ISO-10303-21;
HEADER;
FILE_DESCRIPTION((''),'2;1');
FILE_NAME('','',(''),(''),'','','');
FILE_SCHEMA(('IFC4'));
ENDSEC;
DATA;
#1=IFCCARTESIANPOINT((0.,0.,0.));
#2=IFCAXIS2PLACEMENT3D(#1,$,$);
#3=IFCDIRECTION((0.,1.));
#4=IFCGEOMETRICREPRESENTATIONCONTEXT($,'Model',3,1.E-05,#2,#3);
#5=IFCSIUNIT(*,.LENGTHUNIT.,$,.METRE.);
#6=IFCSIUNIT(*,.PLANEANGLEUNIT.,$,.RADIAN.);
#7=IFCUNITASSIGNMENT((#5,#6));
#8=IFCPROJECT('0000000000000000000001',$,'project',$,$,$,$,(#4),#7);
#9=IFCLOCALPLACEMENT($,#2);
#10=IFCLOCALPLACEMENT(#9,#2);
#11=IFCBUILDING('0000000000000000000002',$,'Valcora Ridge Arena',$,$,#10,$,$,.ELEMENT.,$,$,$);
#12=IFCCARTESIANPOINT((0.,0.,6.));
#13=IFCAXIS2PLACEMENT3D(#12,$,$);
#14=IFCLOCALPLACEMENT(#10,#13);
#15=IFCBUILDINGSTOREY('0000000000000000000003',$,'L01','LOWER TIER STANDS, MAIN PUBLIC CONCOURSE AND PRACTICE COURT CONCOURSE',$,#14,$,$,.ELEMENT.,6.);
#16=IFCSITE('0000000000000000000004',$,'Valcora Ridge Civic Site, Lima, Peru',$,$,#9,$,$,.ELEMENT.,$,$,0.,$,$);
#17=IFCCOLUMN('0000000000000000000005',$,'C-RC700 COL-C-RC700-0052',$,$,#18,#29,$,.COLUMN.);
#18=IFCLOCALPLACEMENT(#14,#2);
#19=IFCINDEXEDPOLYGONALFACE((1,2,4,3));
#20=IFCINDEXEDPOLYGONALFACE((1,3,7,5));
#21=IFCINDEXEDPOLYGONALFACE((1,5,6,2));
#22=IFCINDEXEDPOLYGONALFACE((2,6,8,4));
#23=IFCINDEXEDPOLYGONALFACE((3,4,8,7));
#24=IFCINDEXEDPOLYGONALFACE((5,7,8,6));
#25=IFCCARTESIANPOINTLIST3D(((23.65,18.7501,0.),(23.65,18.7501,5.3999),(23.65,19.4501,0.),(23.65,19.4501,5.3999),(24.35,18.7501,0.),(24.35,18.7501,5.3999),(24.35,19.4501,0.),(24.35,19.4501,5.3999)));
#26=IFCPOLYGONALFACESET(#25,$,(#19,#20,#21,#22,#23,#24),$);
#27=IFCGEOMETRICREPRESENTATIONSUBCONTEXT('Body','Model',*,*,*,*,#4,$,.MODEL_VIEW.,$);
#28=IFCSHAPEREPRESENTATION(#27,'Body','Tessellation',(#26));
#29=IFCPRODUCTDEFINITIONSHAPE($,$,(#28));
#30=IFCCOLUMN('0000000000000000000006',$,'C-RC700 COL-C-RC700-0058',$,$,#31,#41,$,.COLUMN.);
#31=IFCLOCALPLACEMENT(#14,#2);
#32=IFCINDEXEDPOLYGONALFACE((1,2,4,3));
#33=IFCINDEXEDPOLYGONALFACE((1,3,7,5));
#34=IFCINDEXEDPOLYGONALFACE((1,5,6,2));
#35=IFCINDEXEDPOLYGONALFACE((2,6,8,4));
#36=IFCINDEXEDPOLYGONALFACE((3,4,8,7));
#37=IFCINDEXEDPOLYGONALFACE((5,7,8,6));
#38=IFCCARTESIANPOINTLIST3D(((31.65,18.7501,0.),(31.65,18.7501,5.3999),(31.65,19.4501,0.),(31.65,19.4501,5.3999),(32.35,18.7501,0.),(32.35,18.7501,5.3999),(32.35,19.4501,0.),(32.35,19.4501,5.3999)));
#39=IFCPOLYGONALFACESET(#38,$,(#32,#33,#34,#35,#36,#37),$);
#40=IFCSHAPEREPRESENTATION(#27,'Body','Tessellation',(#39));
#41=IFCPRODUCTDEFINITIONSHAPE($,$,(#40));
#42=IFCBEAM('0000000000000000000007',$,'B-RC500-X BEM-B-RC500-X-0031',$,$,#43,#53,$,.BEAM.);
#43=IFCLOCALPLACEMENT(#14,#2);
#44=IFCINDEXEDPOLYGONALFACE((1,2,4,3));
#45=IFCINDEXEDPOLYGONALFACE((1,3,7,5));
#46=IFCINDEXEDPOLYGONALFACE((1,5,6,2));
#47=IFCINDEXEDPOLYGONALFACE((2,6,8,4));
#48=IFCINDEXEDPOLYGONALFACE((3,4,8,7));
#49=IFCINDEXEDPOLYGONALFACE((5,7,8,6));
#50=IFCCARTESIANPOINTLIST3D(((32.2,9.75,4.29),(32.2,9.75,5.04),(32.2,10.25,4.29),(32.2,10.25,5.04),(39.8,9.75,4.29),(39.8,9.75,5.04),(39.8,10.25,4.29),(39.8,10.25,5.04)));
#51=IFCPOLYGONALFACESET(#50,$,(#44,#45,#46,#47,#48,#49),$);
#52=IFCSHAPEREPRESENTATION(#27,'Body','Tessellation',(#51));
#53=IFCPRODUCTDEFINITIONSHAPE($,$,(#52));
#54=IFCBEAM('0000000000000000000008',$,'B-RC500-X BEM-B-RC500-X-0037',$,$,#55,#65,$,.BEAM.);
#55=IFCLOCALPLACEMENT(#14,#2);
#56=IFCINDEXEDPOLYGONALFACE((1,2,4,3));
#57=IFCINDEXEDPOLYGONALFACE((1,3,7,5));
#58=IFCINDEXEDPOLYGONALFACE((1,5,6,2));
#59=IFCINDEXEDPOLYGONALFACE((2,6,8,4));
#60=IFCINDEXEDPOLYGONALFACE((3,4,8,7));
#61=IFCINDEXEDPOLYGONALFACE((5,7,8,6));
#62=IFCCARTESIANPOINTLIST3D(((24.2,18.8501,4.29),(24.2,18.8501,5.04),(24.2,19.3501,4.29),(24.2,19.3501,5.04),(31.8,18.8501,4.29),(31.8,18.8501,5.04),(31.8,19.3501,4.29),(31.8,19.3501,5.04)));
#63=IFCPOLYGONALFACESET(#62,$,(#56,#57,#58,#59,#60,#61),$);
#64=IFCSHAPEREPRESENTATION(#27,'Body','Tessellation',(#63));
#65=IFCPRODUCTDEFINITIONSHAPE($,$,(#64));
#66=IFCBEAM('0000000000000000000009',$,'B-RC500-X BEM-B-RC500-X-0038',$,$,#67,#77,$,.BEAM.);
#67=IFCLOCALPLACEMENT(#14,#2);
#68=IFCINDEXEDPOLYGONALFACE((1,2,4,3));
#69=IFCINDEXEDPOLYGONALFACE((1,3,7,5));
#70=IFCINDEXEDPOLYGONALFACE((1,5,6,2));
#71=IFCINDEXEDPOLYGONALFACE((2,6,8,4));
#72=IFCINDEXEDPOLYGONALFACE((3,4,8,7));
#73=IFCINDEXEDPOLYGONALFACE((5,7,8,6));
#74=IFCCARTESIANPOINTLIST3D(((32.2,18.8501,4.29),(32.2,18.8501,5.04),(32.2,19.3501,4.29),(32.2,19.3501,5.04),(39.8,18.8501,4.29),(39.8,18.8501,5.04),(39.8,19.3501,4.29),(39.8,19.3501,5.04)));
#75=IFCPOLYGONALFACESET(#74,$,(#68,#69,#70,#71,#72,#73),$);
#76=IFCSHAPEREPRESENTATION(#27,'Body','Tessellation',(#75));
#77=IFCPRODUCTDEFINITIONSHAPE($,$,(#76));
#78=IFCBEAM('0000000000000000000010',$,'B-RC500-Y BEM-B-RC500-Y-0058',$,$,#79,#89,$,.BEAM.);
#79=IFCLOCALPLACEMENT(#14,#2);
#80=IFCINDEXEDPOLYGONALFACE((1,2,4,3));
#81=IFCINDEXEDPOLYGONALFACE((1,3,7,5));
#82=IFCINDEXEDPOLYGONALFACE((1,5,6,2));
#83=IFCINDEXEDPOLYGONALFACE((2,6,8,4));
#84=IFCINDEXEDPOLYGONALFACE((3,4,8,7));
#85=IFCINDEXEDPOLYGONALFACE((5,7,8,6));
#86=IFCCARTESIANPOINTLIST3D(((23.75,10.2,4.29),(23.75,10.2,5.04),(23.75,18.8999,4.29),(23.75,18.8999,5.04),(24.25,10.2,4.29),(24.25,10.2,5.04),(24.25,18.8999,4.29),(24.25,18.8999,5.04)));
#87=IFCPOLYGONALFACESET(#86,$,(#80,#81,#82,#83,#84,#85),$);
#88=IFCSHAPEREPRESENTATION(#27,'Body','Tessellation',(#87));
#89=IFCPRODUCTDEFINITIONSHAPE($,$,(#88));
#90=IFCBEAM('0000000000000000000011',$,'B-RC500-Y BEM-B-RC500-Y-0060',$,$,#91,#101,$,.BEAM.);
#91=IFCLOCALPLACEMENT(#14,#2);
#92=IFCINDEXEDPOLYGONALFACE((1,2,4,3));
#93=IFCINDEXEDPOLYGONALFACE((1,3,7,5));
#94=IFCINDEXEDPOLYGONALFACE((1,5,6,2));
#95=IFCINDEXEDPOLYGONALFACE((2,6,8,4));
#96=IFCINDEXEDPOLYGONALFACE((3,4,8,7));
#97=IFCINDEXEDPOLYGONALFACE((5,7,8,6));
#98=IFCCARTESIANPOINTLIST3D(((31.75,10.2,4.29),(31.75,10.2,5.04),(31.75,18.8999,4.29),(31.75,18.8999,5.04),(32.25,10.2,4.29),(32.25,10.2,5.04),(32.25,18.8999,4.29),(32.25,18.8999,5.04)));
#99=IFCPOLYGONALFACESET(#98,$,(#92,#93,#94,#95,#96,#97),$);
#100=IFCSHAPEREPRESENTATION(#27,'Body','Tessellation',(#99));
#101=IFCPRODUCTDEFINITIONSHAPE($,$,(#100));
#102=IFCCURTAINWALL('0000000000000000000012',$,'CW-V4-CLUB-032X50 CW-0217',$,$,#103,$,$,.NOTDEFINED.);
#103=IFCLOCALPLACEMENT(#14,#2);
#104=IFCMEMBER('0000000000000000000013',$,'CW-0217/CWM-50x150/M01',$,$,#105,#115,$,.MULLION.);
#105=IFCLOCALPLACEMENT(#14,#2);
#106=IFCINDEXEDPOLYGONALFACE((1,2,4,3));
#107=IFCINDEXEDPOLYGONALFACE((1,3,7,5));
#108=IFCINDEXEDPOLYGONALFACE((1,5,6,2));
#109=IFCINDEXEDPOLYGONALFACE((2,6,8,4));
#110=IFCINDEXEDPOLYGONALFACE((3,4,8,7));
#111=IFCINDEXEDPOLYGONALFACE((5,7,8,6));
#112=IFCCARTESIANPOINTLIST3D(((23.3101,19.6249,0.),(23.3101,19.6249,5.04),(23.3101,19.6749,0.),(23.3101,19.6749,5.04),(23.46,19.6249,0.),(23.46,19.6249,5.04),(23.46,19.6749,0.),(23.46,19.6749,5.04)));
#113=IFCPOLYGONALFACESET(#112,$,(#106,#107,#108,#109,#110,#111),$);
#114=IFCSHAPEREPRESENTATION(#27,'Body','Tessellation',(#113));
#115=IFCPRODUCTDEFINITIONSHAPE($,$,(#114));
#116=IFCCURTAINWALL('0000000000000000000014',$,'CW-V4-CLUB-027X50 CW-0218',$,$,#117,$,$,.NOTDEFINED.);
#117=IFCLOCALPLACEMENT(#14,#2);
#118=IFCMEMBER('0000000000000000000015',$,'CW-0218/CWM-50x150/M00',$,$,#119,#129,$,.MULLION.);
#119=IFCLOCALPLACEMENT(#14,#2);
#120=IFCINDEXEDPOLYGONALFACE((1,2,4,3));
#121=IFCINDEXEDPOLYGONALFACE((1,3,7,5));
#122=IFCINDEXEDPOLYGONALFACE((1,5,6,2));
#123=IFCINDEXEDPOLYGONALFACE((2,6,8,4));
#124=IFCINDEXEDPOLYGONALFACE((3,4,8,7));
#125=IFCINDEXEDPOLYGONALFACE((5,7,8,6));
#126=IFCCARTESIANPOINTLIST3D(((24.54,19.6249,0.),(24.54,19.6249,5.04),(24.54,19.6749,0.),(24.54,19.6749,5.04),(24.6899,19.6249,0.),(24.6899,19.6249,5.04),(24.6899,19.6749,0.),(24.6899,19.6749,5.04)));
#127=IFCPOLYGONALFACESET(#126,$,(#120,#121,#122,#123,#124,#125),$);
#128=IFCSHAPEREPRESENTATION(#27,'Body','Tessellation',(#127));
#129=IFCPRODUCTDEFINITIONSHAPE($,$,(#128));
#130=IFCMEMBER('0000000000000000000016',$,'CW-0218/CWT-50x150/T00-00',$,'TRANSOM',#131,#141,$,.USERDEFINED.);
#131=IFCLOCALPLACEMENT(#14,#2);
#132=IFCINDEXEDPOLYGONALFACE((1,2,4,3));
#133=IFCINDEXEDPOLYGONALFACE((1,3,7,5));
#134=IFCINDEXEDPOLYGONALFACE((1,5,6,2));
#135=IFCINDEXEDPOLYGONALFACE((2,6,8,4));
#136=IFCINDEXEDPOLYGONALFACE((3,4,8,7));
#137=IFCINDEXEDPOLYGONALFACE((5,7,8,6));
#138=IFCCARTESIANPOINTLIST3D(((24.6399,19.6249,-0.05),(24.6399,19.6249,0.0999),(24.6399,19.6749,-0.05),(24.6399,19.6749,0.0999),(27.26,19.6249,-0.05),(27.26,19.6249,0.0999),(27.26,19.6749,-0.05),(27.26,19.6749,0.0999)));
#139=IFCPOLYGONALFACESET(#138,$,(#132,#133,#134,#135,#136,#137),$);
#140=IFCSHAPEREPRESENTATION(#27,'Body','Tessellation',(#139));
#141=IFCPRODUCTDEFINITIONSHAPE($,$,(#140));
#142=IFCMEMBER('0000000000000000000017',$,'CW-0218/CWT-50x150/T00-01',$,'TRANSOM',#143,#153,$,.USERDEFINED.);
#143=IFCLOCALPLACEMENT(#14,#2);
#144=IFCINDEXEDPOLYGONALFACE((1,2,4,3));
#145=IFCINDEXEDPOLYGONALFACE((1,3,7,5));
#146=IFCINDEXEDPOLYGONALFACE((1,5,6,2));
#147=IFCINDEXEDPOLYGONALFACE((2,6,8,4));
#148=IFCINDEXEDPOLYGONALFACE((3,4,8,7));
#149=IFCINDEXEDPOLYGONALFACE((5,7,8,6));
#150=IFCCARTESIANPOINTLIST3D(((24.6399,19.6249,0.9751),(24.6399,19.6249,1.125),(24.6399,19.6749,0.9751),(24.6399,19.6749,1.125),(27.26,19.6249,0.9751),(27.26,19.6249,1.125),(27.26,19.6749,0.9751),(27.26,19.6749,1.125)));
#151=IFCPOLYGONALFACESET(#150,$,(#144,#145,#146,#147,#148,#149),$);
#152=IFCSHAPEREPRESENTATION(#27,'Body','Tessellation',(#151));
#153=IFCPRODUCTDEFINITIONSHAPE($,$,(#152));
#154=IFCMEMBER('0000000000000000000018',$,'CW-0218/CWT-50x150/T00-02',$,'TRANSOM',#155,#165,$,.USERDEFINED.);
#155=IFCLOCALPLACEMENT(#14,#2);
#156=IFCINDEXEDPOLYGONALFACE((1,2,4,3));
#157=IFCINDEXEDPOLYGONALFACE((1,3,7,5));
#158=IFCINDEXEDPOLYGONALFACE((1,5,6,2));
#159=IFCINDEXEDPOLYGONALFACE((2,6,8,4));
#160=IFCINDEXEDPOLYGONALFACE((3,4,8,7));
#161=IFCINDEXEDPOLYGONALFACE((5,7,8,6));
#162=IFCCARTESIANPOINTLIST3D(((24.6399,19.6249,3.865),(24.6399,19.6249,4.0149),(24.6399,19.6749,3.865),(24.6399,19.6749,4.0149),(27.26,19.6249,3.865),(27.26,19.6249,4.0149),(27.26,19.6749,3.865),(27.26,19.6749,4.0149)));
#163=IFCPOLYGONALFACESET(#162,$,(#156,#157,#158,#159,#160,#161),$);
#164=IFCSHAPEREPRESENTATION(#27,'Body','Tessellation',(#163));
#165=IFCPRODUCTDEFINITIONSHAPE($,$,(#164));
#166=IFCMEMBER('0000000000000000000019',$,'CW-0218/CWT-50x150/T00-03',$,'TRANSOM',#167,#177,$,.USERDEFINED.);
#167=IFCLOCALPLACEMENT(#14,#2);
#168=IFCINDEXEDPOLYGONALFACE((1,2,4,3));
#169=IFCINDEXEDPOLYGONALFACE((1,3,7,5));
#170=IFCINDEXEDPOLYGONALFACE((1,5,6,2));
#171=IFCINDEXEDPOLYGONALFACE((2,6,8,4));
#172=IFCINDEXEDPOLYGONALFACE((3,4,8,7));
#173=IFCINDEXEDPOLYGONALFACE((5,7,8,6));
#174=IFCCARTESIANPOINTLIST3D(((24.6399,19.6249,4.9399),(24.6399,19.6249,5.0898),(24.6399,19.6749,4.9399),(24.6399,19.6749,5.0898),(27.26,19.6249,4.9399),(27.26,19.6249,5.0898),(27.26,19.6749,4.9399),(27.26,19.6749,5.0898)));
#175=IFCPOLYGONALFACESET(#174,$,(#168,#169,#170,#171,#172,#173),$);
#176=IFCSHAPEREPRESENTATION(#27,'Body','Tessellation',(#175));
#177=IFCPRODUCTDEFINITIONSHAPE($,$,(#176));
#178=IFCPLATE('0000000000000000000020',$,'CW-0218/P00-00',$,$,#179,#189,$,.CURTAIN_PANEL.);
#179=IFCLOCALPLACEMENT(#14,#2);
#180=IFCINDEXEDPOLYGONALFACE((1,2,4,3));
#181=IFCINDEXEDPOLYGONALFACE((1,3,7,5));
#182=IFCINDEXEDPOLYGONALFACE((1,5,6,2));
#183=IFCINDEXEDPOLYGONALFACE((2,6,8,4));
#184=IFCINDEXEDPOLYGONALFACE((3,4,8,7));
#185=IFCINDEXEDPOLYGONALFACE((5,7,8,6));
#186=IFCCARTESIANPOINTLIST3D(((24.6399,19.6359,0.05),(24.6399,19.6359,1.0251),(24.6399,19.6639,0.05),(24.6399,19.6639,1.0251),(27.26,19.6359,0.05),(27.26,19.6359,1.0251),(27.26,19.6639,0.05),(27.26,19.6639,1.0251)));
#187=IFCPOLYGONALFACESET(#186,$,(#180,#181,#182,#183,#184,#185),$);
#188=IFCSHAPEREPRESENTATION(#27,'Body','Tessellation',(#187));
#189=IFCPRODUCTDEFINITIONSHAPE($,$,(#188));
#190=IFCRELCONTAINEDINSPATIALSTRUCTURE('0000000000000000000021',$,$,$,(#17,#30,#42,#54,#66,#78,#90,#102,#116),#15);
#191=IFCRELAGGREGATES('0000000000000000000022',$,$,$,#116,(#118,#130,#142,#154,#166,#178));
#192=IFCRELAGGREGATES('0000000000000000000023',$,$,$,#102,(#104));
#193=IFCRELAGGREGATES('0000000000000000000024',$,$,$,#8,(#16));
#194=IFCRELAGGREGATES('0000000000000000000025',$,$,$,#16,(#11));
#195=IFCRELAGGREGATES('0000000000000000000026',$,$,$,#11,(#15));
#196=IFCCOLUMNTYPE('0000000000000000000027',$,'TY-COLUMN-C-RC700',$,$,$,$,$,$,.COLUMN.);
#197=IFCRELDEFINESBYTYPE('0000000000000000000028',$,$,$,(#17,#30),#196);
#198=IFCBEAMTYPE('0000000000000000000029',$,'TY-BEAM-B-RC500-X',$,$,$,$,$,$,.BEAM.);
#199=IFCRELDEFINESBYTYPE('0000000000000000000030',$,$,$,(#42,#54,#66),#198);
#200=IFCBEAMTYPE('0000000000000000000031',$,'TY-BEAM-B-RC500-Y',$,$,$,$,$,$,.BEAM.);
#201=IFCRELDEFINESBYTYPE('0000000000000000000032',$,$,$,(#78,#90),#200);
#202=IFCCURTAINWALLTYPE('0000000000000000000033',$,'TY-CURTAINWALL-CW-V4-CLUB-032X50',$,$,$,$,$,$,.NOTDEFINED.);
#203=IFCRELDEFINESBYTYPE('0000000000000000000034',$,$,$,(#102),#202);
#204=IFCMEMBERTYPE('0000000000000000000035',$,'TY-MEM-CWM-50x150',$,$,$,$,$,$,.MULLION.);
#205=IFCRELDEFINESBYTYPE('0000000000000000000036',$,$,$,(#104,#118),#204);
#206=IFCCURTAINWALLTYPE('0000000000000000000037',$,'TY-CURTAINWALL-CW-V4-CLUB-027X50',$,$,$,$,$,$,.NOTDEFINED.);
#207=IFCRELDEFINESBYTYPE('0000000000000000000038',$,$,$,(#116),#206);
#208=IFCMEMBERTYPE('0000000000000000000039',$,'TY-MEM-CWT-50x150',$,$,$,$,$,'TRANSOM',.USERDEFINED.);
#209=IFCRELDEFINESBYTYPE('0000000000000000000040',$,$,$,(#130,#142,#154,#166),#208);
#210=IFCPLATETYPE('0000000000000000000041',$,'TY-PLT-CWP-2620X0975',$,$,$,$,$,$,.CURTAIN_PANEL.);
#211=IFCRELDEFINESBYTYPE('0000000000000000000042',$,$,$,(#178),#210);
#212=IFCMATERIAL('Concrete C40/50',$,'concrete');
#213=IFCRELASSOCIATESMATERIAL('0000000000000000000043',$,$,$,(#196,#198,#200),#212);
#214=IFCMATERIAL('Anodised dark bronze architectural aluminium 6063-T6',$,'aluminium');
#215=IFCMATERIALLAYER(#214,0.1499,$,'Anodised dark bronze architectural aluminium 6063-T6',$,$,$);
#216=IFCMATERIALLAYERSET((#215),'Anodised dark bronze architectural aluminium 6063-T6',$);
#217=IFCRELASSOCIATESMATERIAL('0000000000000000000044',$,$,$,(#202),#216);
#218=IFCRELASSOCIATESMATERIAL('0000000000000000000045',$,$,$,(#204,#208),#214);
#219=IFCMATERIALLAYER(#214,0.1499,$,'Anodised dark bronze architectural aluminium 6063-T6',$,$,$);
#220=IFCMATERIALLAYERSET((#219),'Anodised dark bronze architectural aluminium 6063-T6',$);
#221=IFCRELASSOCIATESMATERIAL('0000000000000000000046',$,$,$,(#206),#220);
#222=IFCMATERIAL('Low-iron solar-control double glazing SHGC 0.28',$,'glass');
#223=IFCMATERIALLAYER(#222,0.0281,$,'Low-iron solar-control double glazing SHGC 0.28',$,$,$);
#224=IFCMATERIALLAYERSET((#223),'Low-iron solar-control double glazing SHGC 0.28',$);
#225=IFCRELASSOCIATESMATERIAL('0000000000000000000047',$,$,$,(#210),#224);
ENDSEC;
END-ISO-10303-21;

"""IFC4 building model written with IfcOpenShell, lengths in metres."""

from ifc_helpers import new_model, si_unit, direction, frame, origin, origin_2d, place, context, subcontext, project, spatial, rectangle, extrude, material, layer, layer_set, material_profile, profile_set, type_object, element, aggregate, save


model = new_model("IFC4")

# Units and contexts
model_context = context("Model", 3, precision=1e-05, world=origin(), true_north=direction((0.0, 1.0)))
body_context = subcontext(model_context, "Body", "Model", "MODEL_VIEW")
ifc_project = project(units=[si_unit("LENGTHUNIT", "METRE"), si_unit("PLANEANGLEUNIT", "RADIAN")], contexts=[model_context])

# Site, building, storey
site_placement = place(None, origin())
site = spatial("IfcSite", under=ifc_project, at=site_placement, Name="Valcora Ridge Civic Site, Lima, Peru", CompositionType="ELEMENT", RefElevation=0.0)
building_placement = place(site_placement, origin())
building = spatial("IfcBuilding", under=site, at=building_placement, Name="Valcora Ridge Arena", CompositionType="ELEMENT")
storey_placement = place(building_placement, frame((0.0, 0.0, 6.0)))
storey = spatial("IfcBuildingStorey", under=building, at=storey_placement, Name="L01", Description="LOWER TIER STANDS, MAIN PUBLIC CONCOURSE AND PRACTICE COURT CONCOURSE", CompositionType="ELEMENT", Elevation=6.0)

# Columns
ifc_material_1 = material(Name="Concrete C40/50", Category="concrete")
ifc_material_profile_1 = material_profile(ifc_material_1, rectangle(XDim=0.7, YDim=0.7, at=origin_2d()), Name="RC 700x700")
ifc_profile_set_1 = profile_set([ifc_material_profile_1], Name="Concrete C40/50")
column_type = type_object("IfcColumnType", Name="TY-COLUMN-C-RC700", PredefinedType="COLUMN", material=ifc_profile_set_1)
for number, where, z_axis, x_axis, name in (
    (1, (24.0, 19.1001, 0.0), (0.0, 0.0, 1.0), (1.0, 0.0, 0.0), "C-RC700 COL-C-RC700-0052"),
    (2, (32.0, 19.1001, 0.0), (0.0, 0.0, 1.0), (1.0, 0.0, 0.0), "C-RC700 COL-C-RC700-0058"),
):
    element("IfcColumn", number, at=place(storey_placement, frame(where, z_axis=z_axis, x_axis=x_axis)), inside=storey, type_object=column_type, Name=name, PredefinedType="COLUMN", context=body_context, shape_type="SweptSolid", body=[
        extrude(rectangle(XDim=0.7, YDim=0.7, at=origin_2d()), origin(), (0.0, 0.0, 1.0), 5.3999),
    ])

# Beams
ifc_material_profile_2 = material_profile(ifc_material_1, rectangle(XDim=0.5, YDim=0.75, at=origin_2d()), Name="RC 500x750")
ifc_profile_set_2 = profile_set([ifc_material_profile_2], Name="Concrete C40/50")
beam_type_1 = type_object("IfcBeamType", Name="TY-BEAM-B-RC500-X", PredefinedType="BEAM", material=ifc_profile_set_2)
for number, where, z_axis, x_axis, name in (
    (3, (32.2, 10.0, 4.665), (1.0, 0.0, 0.0), (0.0, 1.0, 0.0), "B-RC500-X BEM-B-RC500-X-0031"),
    (4, (24.2, 19.1001, 4.665), (1.0, 0.0, 0.0), (0.0, 1.0, 0.0), "B-RC500-X BEM-B-RC500-X-0037"),
    (5, (32.2, 19.1001, 4.665), (1.0, 0.0, 0.0), (0.0, 1.0, 0.0), "B-RC500-X BEM-B-RC500-X-0038"),
):
    element("IfcBeam", number, at=place(storey_placement, frame(where, z_axis=z_axis, x_axis=x_axis)), inside=storey, type_object=beam_type_1, Name=name, PredefinedType="BEAM", context=body_context, shape_type="SweptSolid", body=[
        extrude(rectangle(XDim=0.5, YDim=0.75, at=origin_2d()), origin(), (0.0, 0.0, 1.0), 7.6001),
    ])
ifc_material_profile_3 = material_profile(ifc_material_1, rectangle(XDim=0.5, YDim=0.75, at=origin_2d()), Name="RC 500x750")
ifc_profile_set_3 = profile_set([ifc_material_profile_3], Name="Concrete C40/50")
beam_type_2 = type_object("IfcBeamType", Name="TY-BEAM-B-RC500-Y", PredefinedType="BEAM", material=ifc_profile_set_3)
for number, where, z_axis, x_axis, name in (
    (6, (24.0, 10.2, 4.665), (0.0, 1.0, 0.0), (-1.0, 0.0, 0.0), "B-RC500-Y BEM-B-RC500-Y-0058"),
    (7, (32.0, 10.2, 4.665), (0.0, 1.0, 0.0), (-1.0, 0.0, 0.0), "B-RC500-Y BEM-B-RC500-Y-0060"),
):
    element("IfcBeam", number, at=place(storey_placement, frame(where, z_axis=z_axis, x_axis=x_axis)), inside=storey, type_object=beam_type_2, Name=name, PredefinedType="BEAM", context=body_context, shape_type="SweptSolid", body=[
        extrude(rectangle(XDim=0.5, YDim=0.75, at=origin_2d()), origin(), (0.0, 0.0, 1.0), 8.7),
    ])

# Curtain wall, member
ifc_material_2 = material(Name="Anodised dark bronze architectural aluminium 6063-T6", Category="aluminium")
ifc_layer_1 = layer(ifc_material_2, 0.1499, Name="Anodised dark bronze architectural aluminium 6063-T6")
ifc_layer_set_1 = layer_set([ifc_layer_1], Name="Anodised dark bronze architectural aluminium 6063-T6")
curtain_wall_type_1 = type_object("IfcCurtainWallType", Name="TY-CURTAINWALL-CW-V4-CLUB-032X50", PredefinedType="NOTDEFINED", material=ifc_layer_set_1)
curtain_wall_1_placement = place(storey_placement, origin())
curtain_wall_1 = element("IfcCurtainWall", 8, at=curtain_wall_1_placement, inside=storey, type_object=curtain_wall_type_1, Name="CW-V4-CLUB-032X50 CW-0217", PredefinedType="NOTDEFINED")
ifc_material_profile_4 = material_profile(ifc_material_2, rectangle(XDim=0.05, YDim=0.1499, at=origin_2d()), Name="ALU MULLION 50x150")
ifc_profile_set_4 = profile_set([ifc_material_profile_4], Name="Anodised dark bronze architectural aluminium 6063-T6")
member_type_1 = type_object("IfcMemberType", Name="TY-MEM-CWM-50x150", PredefinedType="MULLION", material=ifc_profile_set_4)
member_1_placement = place(storey_placement, frame((23.385, 19.6499, 0.0), z_axis=(0.0, 0.0, 1.0), x_axis=(0.0, 1.0, 0.0)))
member_1 = element("IfcMember", 9, at=member_1_placement, type_object=member_type_1, Name="CW-0217/CWM-50x150/M01", PredefinedType="MULLION", context=body_context, shape_type="SweptSolid", body=[
    extrude(rectangle(XDim=0.05, YDim=0.1499, at=origin_2d()), origin(), (0.0, 0.0, 1.0), 5.04),
])

# Curtain wall, members, plate
ifc_layer_2 = layer(ifc_material_2, 0.1499, Name="Anodised dark bronze architectural aluminium 6063-T6")
ifc_layer_set_2 = layer_set([ifc_layer_2], Name="Anodised dark bronze architectural aluminium 6063-T6")
curtain_wall_type_2 = type_object("IfcCurtainWallType", Name="TY-CURTAINWALL-CW-V4-CLUB-027X50", PredefinedType="NOTDEFINED", material=ifc_layer_set_2)
curtain_wall_2_placement = place(storey_placement, origin())
curtain_wall_2 = element("IfcCurtainWall", 10, at=curtain_wall_2_placement, inside=storey, type_object=curtain_wall_type_2, Name="CW-V4-CLUB-027X50 CW-0218", PredefinedType="NOTDEFINED")
member_2_placement = place(storey_placement, frame((24.615, 19.6499, 0.0), z_axis=(0.0, 0.0, 1.0), x_axis=(0.0, 1.0, 0.0)))
member_2 = element("IfcMember", 11, at=member_2_placement, type_object=member_type_1, Name="CW-0218/CWM-50x150/M00", PredefinedType="MULLION", context=body_context, shape_type="SweptSolid", body=[
    extrude(rectangle(XDim=0.05, YDim=0.1499, at=origin_2d()), origin(), (0.0, 0.0, 1.0), 5.04),
])
ifc_material_profile_5 = material_profile(ifc_material_2, rectangle(XDim=0.05, YDim=0.1499, at=origin_2d()), Name="ALU TRANSOM 50x150")
ifc_profile_set_5 = profile_set([ifc_material_profile_5], Name="Anodised dark bronze architectural aluminium 6063-T6")
member_type_2 = type_object("IfcMemberType", Name="TY-MEM-CWT-50x150", ElementType="TRANSOM", PredefinedType="USERDEFINED", material=ifc_profile_set_5)
member_3_placement = place(storey_placement, frame((24.6399, 19.6499, 0.0249), z_axis=(1.0, 0.0, 0.0), x_axis=(0.0, 1.0, 0.0)))
member_3 = element("IfcMember", 12, at=member_3_placement, type_object=member_type_2, Name="CW-0218/CWT-50x150/T00-00", ObjectType="TRANSOM", PredefinedType="USERDEFINED", context=body_context, shape_type="SweptSolid", body=[
    extrude(rectangle(XDim=0.05, YDim=0.1499, at=origin_2d()), origin(), (0.0, 0.0, 1.0), 2.6201),
])
member_4_placement = place(storey_placement, frame((24.6399, 19.6499, 1.05), z_axis=(1.0, 0.0, 0.0), x_axis=(0.0, 1.0, 0.0)))
member_4 = element("IfcMember", 13, at=member_4_placement, type_object=member_type_2, Name="CW-0218/CWT-50x150/T00-01", ObjectType="TRANSOM", PredefinedType="USERDEFINED", context=body_context, shape_type="SweptSolid", body=[
    extrude(rectangle(XDim=0.05, YDim=0.1499, at=origin_2d()), origin(), (0.0, 0.0, 1.0), 2.6201),
])
member_5_placement = place(storey_placement, frame((24.6399, 19.6499, 3.9399), z_axis=(1.0, 0.0, 0.0), x_axis=(0.0, 1.0, 0.0)))
member_5 = element("IfcMember", 14, at=member_5_placement, type_object=member_type_2, Name="CW-0218/CWT-50x150/T00-02", ObjectType="TRANSOM", PredefinedType="USERDEFINED", context=body_context, shape_type="SweptSolid", body=[
    extrude(rectangle(XDim=0.05, YDim=0.1499, at=origin_2d()), origin(), (0.0, 0.0, 1.0), 2.6201),
])
member_6_placement = place(storey_placement, frame((24.6399, 19.6499, 5.0149), z_axis=(1.0, 0.0, 0.0), x_axis=(0.0, 1.0, 0.0)))
member_6 = element("IfcMember", 15, at=member_6_placement, type_object=member_type_2, Name="CW-0218/CWT-50x150/T00-03", ObjectType="TRANSOM", PredefinedType="USERDEFINED", context=body_context, shape_type="SweptSolid", body=[
    extrude(rectangle(XDim=0.05, YDim=0.1499, at=origin_2d()), origin(), (0.0, 0.0, 1.0), 2.6201),
])
ifc_material_3 = material(Name="Low-iron solar-control double glazing SHGC 0.28", Category="glass")
ifc_layer_3 = layer(ifc_material_3, 0.0281, Name="Low-iron solar-control double glazing SHGC 0.28")
ifc_layer_set_3 = layer_set([ifc_layer_3], Name="Low-iron solar-control double glazing SHGC 0.28")
plate_type_1 = type_object("IfcPlateType", Name="TY-PLT-CWP-2620X0975", PredefinedType="CURTAIN_PANEL", material=ifc_layer_set_3)
plate_1_placement = place(storey_placement, frame((25.95, 19.6499, 0.05), z_axis=(0.0, 0.0, 1.0), x_axis=(1.0, 0.0, 0.0)))
plate_1 = element("IfcPlate", 16, at=plate_1_placement, type_object=plate_type_1, Name="CW-0218/P00-00", PredefinedType="CURTAIN_PANEL", context=body_context, shape_type="SweptSolid", body=[
    extrude(rectangle(XDim=2.6201, YDim=0.0281, at=origin_2d()), origin(), (0.0, 0.0, 1.0), 0.9751),
])
aggregate(curtain_wall_2, [member_2, member_3, member_4, member_5, member_6, plate_1])

aggregate(curtain_wall_1, [member_1])

save(model, "model.ifc")
